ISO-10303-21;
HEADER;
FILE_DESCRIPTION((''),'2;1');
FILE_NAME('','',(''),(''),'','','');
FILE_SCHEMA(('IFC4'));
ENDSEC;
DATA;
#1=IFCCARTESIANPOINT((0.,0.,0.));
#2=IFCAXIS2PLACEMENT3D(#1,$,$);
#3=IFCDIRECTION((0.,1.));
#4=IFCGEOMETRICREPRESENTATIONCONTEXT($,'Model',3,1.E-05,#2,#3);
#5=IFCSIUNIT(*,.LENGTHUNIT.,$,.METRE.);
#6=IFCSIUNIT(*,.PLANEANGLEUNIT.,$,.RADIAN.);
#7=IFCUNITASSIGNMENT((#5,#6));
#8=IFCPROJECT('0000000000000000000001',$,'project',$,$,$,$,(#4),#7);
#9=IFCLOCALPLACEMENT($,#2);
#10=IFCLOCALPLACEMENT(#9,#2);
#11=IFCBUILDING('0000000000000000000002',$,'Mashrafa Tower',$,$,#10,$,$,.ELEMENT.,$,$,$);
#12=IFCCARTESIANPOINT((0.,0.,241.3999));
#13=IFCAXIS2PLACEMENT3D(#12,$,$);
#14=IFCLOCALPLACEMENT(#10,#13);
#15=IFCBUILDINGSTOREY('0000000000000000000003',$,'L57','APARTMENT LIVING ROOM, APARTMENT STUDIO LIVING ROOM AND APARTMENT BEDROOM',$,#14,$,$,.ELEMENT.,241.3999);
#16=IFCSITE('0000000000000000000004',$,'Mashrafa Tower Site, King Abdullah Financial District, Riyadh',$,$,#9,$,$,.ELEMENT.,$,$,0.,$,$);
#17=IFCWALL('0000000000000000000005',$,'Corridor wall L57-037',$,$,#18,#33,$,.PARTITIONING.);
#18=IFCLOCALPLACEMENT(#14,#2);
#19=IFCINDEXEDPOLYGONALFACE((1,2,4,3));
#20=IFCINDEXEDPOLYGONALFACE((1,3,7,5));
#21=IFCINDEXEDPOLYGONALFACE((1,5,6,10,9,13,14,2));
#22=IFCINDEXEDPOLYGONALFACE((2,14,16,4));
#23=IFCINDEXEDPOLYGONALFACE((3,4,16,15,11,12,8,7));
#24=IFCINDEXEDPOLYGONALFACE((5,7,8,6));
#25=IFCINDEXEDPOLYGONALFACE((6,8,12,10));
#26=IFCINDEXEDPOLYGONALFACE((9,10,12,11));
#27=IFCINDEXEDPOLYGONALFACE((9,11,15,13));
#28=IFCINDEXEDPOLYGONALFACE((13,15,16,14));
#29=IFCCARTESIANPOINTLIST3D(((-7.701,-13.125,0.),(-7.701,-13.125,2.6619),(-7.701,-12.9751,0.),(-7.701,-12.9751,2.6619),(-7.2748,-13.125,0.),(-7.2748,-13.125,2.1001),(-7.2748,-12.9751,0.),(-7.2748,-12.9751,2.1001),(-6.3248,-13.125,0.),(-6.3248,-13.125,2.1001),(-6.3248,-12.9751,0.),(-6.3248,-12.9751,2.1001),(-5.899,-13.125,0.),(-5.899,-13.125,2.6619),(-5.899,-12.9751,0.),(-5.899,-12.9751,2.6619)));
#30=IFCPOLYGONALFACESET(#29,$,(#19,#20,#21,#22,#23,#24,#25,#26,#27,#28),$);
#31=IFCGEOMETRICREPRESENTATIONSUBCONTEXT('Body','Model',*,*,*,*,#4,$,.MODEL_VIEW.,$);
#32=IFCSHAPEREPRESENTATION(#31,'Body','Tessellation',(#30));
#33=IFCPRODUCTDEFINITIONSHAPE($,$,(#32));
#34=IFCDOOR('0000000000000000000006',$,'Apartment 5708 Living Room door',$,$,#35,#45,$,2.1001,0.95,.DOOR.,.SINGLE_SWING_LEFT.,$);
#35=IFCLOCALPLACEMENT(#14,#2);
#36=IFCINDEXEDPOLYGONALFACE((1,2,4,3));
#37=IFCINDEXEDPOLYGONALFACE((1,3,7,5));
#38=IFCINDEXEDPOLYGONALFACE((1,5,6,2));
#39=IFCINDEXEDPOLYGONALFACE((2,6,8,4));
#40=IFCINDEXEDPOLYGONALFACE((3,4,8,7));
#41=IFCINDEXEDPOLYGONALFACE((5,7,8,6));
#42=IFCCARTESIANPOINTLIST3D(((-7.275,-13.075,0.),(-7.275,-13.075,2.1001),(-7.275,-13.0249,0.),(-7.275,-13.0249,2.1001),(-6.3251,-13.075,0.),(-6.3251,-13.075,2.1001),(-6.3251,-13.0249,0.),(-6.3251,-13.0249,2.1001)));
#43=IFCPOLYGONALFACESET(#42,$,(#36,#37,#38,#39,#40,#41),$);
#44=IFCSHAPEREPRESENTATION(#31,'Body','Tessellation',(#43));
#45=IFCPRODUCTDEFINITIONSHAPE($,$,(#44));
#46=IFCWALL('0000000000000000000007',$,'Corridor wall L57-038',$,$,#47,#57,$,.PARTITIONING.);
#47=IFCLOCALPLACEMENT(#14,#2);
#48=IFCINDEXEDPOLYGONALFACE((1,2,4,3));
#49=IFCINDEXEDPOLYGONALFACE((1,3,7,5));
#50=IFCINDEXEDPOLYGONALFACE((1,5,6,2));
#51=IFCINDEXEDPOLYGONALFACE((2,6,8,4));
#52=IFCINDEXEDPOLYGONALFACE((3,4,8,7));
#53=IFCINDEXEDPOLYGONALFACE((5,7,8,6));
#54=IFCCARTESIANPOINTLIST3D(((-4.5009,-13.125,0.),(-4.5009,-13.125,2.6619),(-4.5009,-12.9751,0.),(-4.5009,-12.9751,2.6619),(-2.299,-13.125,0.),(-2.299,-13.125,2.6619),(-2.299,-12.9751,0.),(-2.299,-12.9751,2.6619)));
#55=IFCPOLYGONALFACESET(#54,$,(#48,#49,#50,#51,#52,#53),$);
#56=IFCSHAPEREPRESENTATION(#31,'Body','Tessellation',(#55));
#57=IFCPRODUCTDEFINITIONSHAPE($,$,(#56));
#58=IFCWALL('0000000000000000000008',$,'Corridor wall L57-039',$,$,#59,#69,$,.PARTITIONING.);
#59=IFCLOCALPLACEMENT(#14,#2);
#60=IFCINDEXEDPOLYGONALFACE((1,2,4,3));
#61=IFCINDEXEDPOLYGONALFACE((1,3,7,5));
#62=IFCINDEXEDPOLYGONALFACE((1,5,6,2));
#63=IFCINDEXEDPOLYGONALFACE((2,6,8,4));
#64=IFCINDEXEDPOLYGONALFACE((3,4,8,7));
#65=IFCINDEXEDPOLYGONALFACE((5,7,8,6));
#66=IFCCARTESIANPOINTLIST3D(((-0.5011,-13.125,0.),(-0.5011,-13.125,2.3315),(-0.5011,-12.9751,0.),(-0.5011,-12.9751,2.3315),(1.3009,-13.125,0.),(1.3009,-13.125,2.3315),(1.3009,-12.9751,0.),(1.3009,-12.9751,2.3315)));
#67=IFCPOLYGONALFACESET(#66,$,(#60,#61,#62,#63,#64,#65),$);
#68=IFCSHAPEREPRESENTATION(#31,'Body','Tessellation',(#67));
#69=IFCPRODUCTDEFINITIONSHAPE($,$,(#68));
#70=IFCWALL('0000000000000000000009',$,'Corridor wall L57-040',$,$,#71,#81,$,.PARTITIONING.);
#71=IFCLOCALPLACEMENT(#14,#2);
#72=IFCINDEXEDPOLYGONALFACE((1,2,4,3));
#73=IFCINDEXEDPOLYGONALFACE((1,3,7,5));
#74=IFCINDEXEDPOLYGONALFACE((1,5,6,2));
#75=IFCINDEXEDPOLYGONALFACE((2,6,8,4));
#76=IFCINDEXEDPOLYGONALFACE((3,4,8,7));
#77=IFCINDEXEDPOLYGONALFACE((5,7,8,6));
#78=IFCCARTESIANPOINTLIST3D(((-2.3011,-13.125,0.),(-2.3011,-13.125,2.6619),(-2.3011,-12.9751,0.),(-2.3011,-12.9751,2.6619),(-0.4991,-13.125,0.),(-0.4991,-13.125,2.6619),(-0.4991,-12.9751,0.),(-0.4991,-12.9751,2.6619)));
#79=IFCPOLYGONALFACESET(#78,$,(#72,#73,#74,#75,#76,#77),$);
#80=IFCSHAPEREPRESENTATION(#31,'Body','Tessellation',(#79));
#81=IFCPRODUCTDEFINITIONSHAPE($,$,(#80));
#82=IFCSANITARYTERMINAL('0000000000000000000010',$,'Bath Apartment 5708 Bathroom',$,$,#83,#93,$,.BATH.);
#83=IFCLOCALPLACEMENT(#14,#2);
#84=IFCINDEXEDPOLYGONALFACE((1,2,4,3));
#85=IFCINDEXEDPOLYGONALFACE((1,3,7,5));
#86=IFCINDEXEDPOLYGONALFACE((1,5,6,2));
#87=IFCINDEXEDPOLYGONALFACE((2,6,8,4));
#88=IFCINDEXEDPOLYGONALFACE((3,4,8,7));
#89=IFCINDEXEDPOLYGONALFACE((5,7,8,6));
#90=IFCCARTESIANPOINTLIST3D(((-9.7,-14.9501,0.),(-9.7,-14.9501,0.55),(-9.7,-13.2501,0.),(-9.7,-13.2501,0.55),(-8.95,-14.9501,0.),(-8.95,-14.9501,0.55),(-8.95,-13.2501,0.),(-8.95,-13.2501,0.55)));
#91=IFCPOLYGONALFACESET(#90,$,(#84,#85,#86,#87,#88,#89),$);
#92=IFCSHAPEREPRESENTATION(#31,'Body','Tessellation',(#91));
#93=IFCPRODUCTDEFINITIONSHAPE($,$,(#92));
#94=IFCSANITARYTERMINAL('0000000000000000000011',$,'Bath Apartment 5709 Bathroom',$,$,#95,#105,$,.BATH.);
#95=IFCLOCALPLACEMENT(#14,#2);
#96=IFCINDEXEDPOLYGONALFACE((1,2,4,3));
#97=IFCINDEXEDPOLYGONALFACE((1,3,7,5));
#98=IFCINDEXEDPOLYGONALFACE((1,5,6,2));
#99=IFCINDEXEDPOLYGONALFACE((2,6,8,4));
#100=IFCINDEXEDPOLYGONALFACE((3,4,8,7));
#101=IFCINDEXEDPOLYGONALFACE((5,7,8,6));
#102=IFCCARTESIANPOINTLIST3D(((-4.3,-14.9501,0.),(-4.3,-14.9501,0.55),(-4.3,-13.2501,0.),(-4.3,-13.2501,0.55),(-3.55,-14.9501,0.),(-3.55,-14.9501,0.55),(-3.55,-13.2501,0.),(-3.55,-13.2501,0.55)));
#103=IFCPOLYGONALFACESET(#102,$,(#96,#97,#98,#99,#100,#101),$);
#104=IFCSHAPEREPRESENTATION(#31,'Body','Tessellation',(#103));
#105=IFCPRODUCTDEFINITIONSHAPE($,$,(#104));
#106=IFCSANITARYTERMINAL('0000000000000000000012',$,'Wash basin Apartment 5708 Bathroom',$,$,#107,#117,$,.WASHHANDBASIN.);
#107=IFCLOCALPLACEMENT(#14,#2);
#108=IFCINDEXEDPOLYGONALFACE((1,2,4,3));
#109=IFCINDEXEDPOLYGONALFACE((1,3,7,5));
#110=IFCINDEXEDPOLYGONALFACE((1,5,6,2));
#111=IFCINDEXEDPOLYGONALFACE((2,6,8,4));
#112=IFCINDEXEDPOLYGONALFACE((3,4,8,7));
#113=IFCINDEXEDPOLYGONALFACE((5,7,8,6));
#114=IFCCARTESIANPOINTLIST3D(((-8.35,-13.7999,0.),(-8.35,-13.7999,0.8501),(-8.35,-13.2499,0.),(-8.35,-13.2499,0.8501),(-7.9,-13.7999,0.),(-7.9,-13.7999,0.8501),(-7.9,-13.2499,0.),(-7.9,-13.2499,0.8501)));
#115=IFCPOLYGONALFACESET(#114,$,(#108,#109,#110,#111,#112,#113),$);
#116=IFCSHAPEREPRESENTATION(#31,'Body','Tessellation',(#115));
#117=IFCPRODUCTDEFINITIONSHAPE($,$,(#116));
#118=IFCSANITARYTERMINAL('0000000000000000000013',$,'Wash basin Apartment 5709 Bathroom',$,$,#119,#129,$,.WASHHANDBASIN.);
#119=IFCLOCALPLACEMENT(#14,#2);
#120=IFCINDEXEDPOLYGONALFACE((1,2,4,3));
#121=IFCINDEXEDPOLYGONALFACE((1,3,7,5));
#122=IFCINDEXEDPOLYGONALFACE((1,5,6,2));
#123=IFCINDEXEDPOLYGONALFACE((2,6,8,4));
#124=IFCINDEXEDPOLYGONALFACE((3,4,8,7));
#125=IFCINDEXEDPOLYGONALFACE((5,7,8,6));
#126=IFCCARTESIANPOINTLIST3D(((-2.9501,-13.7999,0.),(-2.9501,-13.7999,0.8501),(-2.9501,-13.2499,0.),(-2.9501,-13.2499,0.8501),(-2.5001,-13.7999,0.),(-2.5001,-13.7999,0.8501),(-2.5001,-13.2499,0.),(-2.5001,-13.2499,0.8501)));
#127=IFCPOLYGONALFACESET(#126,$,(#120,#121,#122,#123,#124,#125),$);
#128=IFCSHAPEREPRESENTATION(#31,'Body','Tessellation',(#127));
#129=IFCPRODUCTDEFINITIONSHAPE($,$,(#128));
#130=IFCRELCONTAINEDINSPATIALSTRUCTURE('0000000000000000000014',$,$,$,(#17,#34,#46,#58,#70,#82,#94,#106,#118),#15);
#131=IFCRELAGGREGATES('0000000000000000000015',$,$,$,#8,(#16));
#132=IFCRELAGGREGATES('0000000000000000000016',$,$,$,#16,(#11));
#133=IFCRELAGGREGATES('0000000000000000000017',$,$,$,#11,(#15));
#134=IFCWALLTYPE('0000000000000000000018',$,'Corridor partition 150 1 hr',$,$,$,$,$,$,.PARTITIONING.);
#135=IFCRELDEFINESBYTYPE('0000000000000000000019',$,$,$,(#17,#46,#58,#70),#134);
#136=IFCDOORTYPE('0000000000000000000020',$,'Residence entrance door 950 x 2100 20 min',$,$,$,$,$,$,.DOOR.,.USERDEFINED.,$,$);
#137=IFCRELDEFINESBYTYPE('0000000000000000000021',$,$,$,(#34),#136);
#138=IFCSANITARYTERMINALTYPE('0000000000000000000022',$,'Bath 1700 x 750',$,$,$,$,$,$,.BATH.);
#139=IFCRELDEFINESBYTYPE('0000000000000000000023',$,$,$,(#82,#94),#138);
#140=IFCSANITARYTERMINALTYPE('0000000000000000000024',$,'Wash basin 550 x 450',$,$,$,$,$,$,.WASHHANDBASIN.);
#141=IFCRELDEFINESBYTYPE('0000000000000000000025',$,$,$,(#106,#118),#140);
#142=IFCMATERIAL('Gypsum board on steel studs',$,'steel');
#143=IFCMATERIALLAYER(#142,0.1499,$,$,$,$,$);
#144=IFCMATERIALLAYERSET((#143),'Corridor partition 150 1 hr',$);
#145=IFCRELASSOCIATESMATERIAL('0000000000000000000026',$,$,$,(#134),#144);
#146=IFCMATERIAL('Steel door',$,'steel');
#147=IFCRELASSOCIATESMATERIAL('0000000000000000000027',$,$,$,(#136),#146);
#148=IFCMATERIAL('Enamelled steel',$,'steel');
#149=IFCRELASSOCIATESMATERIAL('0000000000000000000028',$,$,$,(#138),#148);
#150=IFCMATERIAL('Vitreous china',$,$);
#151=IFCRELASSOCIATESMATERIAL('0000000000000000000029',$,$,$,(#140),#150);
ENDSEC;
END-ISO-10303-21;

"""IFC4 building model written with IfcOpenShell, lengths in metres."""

from ifc_helpers import new_model, si_unit, direction, frame, frame_2d, origin, origin_2d, place, context, subcontext, project, spatial, rectangle, extrude, material, layer, layer_set, type_object, element, fill, save


model = new_model("IFC4")

# Units and contexts
model_context = context("Model", 3, precision=1e-05, world=origin(), true_north=direction((0.0, 1.0)))
body_context = subcontext(model_context, "Body", "Model", "MODEL_VIEW")
ifc_project = project(units=[si_unit("LENGTHUNIT", "METRE"), si_unit("PLANEANGLEUNIT", "RADIAN")], contexts=[model_context])

# Site, building, storey
site_placement = place(None, origin())
site = spatial("IfcSite", under=ifc_project, at=site_placement, Name="Mashrafa Tower Site, King Abdullah Financial District, Riyadh", CompositionType="ELEMENT", RefElevation=0.0)
building_placement = place(site_placement, origin())
building = spatial("IfcBuilding", under=site, at=building_placement, Name="Mashrafa Tower", CompositionType="ELEMENT")
storey_placement = place(building_placement, frame((0.0, 0.0, 241.3999)))
storey = spatial("IfcBuildingStorey", under=building, at=storey_placement, Name="L57", Description="APARTMENT LIVING ROOM, APARTMENT STUDIO LIVING ROOM AND APARTMENT BEDROOM", CompositionType="ELEMENT", Elevation=241.3999)

# Shared definitions
ifc_material_1 = material(Name="Gypsum board on steel studs", Category="steel")
ifc_layer_1 = layer(ifc_material_1, 0.1499)
ifc_layer_set_1 = layer_set([ifc_layer_1], Name="Corridor partition 150 1 hr")
wall_type_1 = type_object("IfcWallType", Name="Corridor partition 150 1 hr", PredefinedType="PARTITIONING", material=ifc_layer_set_1)

# Wall, opening, door
wall_1_placement = place(storey_placement, frame((-7.7009, -13.05, 0.0), z_axis=(0.0, 0.0, 1.0), x_axis=(1.0, 0.0, 0.0)))
wall_1 = element("IfcWall", 1, at=wall_1_placement, inside=storey, type_object=wall_type_1, Name="Corridor wall L57-037", PredefinedType="PARTITIONING", context=body_context, shape_type="SweptSolid", body=[
    extrude(rectangle(XDim=1.802, YDim=0.1499, at=frame_2d((0.9009, 0.0))), origin(), (0.0, 0.0, 1.0), 2.6619),
])
opening_1_placement = place(wall_1_placement, frame((0.426, 0.0, 0.0)))
opening_1 = element("IfcOpeningElement", 2, at=opening_1_placement, cuts=wall_1, PredefinedType="OPENING", context=body_context, shape_type="SweptSolid", body=[
    extrude(rectangle(XDim=0.95, YDim=2.1001, at=frame_2d((0.4751, 1.05))), frame((0.0, 0.085, 0.0), z_axis=(0.0, -1.0, 0.0), x_axis=(1.0, 0.0, 0.0)), (0.0, 0.0, 1.0), 0.1699),
])
ifc_material_2 = material(Name="Steel door", Category="steel")
door_type_1 = type_object("IfcDoorType", Name="Residence entrance door 950 x 2100 20 min", OperationType="USERDEFINED", PredefinedType="DOOR", material=ifc_material_2)
door_1_placement = place(opening_1_placement, frame((0.95, 0.0, 0.0), z_axis=(0.0, 0.0, 1.0), x_axis=(-1.0, 0.0, 0.0)))
door_1 = element("IfcDoor", 3, at=door_1_placement, inside=storey, type_object=door_type_1, Name="Apartment 5708 Living Room door", OperationType="SINGLE_SWING_LEFT", OverallHeight=2.1001, OverallWidth=0.95, PredefinedType="DOOR", context=body_context, shape_type="SweptSolid", body=[
    extrude(rectangle(XDim=0.95, YDim=2.1001, at=frame_2d((0.4751, 1.05))), frame((0.0, 0.0249, 0.0), z_axis=(0.0, -1.0, 0.0), x_axis=(1.0, 0.0, 0.0)), (0.0, 0.0, 1.0), 0.05),
])
fill(opening_1, door_1)

# Walls
wall_2_placement = place(storey_placement, frame((-4.501, -13.05, 0.0), z_axis=(0.0, 0.0, 1.0), x_axis=(1.0, 0.0, 0.0)))
element("IfcWall", 4, at=wall_2_placement, inside=storey, type_object=wall_type_1, Name="Corridor wall L57-038", PredefinedType="PARTITIONING", context=body_context, shape_type="SweptSolid", body=[
    extrude(rectangle(XDim=2.2019, YDim=0.1499, at=frame_2d((1.1011, 0.0))), origin(), (0.0, 0.0, 1.0), 2.6619),
])
wall_3_placement = place(storey_placement, frame((-0.501, -13.05, 0.0), z_axis=(0.0, 0.0, 1.0), x_axis=(1.0, 0.0, 0.0)))
element("IfcWall", 5, at=wall_3_placement, inside=storey, type_object=wall_type_1, Name="Corridor wall L57-039", PredefinedType="PARTITIONING", context=body_context, shape_type="SweptSolid", body=[
    extrude(rectangle(XDim=1.802, YDim=0.1499, at=frame_2d((0.9009, 0.0))), origin(), (0.0, 0.0, 1.0), 2.3315),
])
wall_4_placement = place(storey_placement, frame((-2.301, -13.05, 0.0), z_axis=(0.0, 0.0, 1.0), x_axis=(1.0, 0.0, 0.0)))
element("IfcWall", 6, at=wall_4_placement, inside=storey, type_object=wall_type_1, Name="Corridor wall L57-040", PredefinedType="PARTITIONING", context=body_context, shape_type="SweptSolid", body=[
    extrude(rectangle(XDim=1.802, YDim=0.1499, at=frame_2d((0.9009, 0.0))), origin(), (0.0, 0.0, 1.0), 2.6619),
])

# Sanitary terminals
ifc_material_3 = material(Name="Enamelled steel", Category="steel")
sanitary_terminal_type_1 = type_object("IfcSanitaryTerminalType", Name="Bath 1700 x 750", PredefinedType="BATH", material=ifc_material_3)
for number, where, z_axis, x_axis, name in (
    (7, (-9.325, -14.1001, 0.0), (0.0, 0.0, 1.0), (0.0, -1.0, 0.0), "Bath Apartment 5708 Bathroom"),
    (8, (-3.925, -14.1001, 0.0), (0.0, 0.0, 1.0), (0.0, -1.0, 0.0), "Bath Apartment 5709 Bathroom"),
):
    element("IfcSanitaryTerminal", number, at=place(storey_placement, frame(where, z_axis=z_axis, x_axis=x_axis)), inside=storey, type_object=sanitary_terminal_type_1, Name=name, PredefinedType="BATH", context=body_context, shape_type="SweptSolid", body=[
        extrude(rectangle(XDim=1.7, YDim=0.75, at=origin_2d()), origin(), (0.0, 0.0, 1.0), 0.55),
    ])
ifc_material_4 = material(Name="Vitreous china")
sanitary_terminal_type_2 = type_object("IfcSanitaryTerminalType", Name="Wash basin 550 x 450", PredefinedType="WASHHANDBASIN", material=ifc_material_4)
for number, where, z_axis, x_axis, name in (
    (9, (-8.125, -13.5249, 0.0), (0.0, 0.0, 1.0), (0.0, 1.0, 0.0), "Wash basin Apartment 5708 Bathroom"),
    (10, (-2.7251, -13.5249, 0.0), (0.0, 0.0, 1.0), (0.0, 1.0, 0.0), "Wash basin Apartment 5709 Bathroom"),
):
    element("IfcSanitaryTerminal", number, at=place(storey_placement, frame(where, z_axis=z_axis, x_axis=x_axis)), inside=storey, type_object=sanitary_terminal_type_2, Name=name, PredefinedType="WASHHANDBASIN", context=body_context, shape_type="SweptSolid", body=[
        extrude(rectangle(XDim=0.55, YDim=0.45, at=origin_2d()), origin(), (0.0, 0.0, 1.0), 0.8501),
    ])

save(model, "model.ifc")
